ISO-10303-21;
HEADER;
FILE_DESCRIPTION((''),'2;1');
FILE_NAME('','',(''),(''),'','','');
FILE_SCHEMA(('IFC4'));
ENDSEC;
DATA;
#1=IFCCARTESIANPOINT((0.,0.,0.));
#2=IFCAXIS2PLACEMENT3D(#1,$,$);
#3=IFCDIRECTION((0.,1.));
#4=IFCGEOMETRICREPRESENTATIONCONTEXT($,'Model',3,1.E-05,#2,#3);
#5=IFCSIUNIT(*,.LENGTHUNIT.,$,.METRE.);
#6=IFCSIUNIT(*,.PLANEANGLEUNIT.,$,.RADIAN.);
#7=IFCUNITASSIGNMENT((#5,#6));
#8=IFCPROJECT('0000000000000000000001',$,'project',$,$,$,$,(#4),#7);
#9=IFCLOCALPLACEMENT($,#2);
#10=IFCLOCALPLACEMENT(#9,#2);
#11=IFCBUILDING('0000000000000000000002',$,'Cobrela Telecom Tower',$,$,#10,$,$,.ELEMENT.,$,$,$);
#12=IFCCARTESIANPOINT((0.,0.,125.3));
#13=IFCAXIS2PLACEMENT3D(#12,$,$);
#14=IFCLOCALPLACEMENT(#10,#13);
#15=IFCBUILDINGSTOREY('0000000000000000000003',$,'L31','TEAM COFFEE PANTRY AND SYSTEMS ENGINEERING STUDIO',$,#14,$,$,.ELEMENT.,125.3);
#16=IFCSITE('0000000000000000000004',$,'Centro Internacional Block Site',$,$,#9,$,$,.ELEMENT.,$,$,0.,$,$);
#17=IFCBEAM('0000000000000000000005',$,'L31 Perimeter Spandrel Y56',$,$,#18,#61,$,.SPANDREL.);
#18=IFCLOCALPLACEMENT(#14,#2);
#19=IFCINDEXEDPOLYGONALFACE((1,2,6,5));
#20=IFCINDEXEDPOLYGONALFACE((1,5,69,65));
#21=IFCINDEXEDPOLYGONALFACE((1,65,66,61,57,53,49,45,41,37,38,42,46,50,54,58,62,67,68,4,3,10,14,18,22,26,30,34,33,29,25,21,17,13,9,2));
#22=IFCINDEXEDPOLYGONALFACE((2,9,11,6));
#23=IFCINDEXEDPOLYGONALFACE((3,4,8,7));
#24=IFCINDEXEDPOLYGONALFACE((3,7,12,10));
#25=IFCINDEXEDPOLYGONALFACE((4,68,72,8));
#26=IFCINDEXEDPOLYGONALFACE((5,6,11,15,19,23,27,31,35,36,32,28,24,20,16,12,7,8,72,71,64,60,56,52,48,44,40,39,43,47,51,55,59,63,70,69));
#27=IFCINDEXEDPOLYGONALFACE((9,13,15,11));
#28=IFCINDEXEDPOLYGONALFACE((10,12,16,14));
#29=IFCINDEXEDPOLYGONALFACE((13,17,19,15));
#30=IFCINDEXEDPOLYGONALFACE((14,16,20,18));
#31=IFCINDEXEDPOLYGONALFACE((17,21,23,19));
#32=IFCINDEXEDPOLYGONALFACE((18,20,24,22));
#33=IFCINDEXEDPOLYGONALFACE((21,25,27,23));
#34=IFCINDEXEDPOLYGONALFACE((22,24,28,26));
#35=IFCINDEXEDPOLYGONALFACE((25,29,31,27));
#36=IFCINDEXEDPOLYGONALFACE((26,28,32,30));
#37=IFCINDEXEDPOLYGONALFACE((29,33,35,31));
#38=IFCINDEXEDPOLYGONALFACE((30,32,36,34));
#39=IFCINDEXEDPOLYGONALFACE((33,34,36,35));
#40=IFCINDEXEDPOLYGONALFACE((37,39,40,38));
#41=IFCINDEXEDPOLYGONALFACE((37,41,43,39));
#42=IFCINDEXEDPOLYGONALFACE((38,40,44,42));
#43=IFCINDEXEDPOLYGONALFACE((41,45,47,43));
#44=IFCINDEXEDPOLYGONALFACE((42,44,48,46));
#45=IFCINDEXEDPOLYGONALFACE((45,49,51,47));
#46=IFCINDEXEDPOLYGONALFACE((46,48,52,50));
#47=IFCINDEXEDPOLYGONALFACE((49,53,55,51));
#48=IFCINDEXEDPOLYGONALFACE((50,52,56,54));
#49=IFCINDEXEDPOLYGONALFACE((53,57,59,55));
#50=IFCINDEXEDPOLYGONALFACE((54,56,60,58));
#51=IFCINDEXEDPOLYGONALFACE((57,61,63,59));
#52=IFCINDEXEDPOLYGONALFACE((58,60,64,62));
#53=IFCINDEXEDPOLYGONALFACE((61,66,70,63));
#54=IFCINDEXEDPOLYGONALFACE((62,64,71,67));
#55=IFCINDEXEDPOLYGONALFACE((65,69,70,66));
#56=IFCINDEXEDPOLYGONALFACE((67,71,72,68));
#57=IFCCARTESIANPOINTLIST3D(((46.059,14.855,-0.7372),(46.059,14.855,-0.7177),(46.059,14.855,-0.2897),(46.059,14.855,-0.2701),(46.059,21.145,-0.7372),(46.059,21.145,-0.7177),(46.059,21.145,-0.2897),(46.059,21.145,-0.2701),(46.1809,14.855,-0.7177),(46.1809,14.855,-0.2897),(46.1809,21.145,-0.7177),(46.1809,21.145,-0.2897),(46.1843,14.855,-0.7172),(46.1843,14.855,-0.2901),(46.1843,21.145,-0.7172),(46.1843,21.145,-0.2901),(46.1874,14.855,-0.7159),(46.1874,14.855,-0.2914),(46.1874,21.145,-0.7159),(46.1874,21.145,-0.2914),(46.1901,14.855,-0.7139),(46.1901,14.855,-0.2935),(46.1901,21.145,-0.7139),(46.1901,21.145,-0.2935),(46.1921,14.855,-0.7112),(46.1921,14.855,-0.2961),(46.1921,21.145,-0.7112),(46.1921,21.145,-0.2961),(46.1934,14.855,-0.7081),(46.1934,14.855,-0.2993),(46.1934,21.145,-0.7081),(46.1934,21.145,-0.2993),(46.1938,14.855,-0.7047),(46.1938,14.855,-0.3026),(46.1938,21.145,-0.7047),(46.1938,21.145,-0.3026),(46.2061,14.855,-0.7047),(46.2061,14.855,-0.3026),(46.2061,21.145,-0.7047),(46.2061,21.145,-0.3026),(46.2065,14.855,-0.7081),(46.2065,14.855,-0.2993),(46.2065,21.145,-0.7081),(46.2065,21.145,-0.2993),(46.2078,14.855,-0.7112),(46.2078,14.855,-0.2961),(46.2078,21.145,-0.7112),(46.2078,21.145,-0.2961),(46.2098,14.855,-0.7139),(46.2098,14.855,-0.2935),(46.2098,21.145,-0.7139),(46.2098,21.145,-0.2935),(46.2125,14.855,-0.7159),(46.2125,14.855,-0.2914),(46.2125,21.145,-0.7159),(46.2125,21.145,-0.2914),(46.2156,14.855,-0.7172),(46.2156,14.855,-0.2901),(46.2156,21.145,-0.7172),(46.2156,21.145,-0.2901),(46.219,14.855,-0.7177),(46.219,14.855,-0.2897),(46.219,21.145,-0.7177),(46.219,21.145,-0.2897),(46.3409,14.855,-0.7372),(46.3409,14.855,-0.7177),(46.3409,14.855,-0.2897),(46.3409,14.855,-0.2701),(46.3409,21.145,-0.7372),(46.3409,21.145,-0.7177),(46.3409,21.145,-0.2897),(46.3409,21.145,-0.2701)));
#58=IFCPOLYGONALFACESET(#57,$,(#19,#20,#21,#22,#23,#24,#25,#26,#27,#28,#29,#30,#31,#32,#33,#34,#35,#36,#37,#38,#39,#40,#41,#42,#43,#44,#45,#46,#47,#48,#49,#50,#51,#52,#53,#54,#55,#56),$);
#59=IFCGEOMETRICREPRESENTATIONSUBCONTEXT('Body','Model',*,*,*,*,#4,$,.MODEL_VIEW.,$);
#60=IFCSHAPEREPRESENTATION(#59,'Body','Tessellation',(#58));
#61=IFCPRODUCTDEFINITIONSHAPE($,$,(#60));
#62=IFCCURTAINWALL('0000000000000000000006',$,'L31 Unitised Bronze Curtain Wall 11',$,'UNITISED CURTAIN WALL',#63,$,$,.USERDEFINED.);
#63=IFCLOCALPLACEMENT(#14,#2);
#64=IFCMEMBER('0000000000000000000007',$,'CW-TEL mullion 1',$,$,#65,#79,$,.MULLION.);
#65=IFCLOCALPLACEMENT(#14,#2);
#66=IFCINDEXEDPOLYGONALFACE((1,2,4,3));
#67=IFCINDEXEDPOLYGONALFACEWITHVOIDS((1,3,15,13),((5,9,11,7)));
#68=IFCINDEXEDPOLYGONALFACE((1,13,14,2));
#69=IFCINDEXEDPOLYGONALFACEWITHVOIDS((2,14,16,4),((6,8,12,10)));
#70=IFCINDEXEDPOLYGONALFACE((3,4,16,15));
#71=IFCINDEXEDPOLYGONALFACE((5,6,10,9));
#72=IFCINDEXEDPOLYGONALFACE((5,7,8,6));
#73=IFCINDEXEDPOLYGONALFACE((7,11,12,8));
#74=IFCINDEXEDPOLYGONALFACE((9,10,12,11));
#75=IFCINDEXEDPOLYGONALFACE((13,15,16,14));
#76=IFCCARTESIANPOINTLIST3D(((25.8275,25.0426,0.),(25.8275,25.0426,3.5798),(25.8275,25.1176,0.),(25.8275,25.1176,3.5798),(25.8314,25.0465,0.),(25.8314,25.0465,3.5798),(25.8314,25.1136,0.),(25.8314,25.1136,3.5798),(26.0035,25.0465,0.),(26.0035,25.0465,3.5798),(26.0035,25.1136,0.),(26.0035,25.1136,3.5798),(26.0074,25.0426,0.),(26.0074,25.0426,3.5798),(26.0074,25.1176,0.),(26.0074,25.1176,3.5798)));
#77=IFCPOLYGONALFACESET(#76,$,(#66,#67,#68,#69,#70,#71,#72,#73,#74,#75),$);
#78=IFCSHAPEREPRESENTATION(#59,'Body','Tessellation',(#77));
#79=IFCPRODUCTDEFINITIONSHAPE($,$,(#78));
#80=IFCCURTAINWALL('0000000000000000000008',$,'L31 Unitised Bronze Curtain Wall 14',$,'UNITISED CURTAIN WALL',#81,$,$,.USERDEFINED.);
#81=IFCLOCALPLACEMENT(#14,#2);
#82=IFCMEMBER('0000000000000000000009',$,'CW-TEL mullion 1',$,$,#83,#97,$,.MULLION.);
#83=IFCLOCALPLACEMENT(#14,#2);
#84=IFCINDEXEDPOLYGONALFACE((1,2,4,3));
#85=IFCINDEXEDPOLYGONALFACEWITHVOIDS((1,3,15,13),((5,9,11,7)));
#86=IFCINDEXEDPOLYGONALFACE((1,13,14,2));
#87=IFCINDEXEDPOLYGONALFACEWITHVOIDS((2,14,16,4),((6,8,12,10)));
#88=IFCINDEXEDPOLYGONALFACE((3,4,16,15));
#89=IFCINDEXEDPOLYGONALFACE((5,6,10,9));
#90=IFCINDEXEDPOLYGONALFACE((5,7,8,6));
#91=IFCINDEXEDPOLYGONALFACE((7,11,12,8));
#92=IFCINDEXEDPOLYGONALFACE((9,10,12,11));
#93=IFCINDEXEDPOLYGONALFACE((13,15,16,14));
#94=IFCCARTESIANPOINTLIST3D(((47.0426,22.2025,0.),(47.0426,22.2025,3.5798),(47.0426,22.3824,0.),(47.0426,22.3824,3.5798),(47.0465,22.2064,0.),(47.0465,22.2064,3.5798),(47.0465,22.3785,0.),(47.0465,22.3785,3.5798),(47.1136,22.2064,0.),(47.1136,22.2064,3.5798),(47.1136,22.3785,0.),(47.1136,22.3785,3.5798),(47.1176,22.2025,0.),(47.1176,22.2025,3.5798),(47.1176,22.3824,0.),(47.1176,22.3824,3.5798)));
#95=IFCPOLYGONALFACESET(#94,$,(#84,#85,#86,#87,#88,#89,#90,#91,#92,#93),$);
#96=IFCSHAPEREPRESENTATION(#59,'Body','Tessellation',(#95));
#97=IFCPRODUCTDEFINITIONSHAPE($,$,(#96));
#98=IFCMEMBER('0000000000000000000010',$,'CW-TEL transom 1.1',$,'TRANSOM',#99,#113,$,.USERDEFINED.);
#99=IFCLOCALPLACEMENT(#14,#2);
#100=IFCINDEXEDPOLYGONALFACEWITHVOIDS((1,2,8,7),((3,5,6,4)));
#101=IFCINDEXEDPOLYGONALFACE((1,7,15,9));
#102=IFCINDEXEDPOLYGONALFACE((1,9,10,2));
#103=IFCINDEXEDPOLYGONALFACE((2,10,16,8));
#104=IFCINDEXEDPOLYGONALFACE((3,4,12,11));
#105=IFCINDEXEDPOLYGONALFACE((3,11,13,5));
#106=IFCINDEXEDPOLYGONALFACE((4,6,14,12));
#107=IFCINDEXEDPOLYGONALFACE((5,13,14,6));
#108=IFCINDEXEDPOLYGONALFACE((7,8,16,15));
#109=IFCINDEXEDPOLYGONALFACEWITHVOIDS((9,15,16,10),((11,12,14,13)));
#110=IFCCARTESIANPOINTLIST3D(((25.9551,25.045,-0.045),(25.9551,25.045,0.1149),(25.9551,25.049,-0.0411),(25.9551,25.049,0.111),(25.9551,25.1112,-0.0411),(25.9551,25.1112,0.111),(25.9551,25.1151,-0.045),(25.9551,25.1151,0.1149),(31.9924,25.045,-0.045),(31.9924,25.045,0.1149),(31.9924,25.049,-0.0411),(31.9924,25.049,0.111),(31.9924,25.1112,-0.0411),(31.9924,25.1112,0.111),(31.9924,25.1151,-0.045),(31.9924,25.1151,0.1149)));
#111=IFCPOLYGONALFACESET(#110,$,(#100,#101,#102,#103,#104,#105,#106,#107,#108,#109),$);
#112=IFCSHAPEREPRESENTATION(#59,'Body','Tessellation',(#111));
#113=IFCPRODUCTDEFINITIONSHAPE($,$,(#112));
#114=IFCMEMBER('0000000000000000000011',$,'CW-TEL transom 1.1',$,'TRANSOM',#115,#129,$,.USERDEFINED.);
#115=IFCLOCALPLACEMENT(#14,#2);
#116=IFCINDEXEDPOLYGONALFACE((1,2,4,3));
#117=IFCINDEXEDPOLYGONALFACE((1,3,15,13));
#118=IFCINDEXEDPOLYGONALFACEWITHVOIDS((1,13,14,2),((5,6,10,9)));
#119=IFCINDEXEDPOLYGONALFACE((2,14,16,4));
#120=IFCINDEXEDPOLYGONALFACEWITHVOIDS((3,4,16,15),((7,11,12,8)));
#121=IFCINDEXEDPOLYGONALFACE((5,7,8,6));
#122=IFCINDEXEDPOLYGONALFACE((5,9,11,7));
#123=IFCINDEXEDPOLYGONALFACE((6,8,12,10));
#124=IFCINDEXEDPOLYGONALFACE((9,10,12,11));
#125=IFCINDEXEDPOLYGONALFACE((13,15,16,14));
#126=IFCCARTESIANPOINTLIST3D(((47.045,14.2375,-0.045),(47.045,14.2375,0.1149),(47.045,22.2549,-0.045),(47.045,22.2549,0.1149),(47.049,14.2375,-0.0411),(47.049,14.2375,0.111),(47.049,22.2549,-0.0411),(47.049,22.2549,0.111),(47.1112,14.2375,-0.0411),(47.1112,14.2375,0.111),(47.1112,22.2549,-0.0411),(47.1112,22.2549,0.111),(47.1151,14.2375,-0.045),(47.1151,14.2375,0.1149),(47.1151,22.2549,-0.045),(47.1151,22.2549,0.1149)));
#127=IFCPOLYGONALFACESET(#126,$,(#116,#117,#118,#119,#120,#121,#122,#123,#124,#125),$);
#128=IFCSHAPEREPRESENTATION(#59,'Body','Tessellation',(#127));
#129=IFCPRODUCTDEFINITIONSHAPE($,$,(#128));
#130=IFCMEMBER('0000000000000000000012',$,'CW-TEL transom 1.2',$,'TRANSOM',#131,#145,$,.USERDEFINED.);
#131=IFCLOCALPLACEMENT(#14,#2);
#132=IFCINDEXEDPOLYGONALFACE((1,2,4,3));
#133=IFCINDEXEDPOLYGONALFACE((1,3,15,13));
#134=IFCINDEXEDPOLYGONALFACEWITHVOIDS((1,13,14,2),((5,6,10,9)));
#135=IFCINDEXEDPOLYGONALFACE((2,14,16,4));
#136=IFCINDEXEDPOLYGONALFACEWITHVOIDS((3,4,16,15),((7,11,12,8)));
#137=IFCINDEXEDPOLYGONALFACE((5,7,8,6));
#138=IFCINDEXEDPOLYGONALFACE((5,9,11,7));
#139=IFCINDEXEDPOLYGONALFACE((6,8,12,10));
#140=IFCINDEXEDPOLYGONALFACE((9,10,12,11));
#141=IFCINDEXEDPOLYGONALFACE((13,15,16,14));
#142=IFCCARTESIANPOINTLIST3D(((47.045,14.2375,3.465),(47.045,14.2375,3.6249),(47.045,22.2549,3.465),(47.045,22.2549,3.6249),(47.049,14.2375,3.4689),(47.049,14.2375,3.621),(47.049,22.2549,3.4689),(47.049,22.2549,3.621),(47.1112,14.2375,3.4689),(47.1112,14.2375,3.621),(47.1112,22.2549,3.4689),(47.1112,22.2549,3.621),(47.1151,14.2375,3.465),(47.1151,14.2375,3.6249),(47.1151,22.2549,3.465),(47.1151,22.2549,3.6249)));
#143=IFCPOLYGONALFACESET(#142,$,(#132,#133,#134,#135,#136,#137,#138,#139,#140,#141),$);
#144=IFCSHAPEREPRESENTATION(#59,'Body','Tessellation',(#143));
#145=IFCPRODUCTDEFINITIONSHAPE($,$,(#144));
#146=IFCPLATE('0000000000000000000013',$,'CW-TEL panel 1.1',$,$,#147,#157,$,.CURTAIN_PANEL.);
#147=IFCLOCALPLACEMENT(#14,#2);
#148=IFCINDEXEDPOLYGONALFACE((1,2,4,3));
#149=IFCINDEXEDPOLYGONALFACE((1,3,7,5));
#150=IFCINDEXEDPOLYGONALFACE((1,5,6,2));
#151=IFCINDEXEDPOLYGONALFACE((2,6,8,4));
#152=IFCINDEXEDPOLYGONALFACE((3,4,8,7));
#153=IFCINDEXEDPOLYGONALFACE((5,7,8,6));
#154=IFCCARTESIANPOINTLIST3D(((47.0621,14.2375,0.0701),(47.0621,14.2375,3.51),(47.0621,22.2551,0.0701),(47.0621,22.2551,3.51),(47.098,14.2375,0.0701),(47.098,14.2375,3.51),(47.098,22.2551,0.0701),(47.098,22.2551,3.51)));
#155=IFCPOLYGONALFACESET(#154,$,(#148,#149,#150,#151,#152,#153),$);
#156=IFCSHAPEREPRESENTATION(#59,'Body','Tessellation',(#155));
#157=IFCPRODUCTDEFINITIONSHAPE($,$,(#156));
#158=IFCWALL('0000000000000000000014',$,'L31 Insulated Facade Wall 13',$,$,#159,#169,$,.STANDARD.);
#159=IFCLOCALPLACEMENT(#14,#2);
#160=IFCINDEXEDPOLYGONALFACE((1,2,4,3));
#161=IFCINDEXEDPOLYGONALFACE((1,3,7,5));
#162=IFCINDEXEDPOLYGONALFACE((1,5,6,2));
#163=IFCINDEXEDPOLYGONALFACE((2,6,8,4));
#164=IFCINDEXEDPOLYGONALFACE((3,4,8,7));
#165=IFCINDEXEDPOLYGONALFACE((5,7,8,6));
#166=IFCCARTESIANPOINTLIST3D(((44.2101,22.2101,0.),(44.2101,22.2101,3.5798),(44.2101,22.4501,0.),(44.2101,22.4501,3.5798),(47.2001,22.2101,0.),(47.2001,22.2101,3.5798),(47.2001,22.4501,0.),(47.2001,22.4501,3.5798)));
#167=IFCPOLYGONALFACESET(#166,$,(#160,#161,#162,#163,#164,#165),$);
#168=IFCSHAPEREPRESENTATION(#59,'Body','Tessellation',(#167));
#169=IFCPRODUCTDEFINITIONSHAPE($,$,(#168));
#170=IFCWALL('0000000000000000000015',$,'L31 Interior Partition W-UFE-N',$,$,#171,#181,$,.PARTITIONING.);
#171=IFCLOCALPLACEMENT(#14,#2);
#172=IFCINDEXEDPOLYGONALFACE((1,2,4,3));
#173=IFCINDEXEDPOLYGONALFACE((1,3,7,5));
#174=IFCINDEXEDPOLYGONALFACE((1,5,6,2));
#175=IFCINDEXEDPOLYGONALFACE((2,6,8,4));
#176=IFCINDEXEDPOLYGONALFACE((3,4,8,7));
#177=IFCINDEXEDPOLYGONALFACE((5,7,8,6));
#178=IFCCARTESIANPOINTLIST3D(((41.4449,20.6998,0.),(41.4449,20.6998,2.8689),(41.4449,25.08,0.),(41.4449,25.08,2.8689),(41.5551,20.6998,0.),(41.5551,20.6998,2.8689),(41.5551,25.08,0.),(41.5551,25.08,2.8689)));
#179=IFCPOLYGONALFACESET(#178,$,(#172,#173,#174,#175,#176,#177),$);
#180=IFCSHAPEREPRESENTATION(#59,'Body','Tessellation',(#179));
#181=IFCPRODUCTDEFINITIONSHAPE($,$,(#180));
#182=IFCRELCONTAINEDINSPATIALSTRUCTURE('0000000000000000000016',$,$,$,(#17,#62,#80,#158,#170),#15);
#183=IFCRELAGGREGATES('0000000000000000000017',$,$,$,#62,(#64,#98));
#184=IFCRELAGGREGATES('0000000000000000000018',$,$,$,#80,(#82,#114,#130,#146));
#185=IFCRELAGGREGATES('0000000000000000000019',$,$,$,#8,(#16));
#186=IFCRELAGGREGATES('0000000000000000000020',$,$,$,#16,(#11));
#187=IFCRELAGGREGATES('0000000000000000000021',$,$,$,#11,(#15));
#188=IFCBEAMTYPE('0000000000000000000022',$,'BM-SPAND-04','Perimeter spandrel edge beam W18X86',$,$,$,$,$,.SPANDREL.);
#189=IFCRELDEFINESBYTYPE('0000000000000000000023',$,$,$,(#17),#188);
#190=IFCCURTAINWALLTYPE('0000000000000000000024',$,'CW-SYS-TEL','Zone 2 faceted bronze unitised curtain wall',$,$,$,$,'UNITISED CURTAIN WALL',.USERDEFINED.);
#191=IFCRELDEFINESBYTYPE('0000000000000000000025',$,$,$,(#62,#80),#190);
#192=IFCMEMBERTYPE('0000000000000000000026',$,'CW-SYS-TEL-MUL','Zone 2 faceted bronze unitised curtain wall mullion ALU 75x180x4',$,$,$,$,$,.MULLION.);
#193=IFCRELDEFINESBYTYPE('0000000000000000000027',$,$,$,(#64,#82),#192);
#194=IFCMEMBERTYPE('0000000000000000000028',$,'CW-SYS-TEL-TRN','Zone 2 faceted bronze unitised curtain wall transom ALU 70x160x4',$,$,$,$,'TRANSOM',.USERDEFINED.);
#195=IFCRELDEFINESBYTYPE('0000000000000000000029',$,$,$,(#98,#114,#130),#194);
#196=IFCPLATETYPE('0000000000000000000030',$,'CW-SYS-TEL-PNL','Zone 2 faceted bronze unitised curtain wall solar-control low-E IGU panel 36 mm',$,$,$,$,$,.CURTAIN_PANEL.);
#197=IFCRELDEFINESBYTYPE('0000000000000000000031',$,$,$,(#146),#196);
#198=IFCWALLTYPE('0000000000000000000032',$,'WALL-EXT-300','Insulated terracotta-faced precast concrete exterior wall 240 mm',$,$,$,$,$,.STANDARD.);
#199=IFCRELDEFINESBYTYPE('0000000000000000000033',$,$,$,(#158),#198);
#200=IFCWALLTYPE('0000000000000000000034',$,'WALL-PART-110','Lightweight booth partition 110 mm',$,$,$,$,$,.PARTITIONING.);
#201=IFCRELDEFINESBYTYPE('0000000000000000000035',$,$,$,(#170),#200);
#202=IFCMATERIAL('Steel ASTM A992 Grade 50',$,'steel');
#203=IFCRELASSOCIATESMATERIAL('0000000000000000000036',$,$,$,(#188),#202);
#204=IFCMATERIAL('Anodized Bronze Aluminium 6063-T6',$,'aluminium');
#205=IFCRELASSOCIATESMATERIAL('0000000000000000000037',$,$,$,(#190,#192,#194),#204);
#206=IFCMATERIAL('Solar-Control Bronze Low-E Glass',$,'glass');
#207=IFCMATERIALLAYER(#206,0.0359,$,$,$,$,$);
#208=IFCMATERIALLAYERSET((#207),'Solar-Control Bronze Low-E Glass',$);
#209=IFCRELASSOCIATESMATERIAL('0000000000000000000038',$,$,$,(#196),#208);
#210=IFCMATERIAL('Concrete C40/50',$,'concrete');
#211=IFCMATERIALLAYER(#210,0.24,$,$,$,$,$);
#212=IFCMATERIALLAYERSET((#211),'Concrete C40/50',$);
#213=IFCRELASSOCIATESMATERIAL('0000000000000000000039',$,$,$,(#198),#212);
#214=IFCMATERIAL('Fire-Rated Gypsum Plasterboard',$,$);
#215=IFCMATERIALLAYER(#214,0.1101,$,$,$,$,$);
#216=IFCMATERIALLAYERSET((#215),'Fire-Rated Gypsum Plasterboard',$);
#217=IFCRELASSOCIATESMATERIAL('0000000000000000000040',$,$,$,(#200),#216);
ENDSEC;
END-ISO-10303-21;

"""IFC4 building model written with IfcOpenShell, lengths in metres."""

from ifc_helpers import new_model, si_unit, direction, frame, frame_2d, origin, origin_2d, place, context, subcontext, project, spatial, rectangle, hollow_rectangle, i_section, extrude, material, layer, layer_set, material_profile, profile_set, type_object, element, aggregate, save


model = new_model("IFC4")

# Units and contexts
model_context = context("Model", 3, precision=1e-05, world=origin(), true_north=direction((0.0, 1.0)))
body_context = subcontext(model_context, "Body", "Model", "MODEL_VIEW")
ifc_project = project(units=[si_unit("LENGTHUNIT", "METRE"), si_unit("PLANEANGLEUNIT", "RADIAN")], contexts=[model_context])

# Site, building, storey
site_placement = place(None, origin())
site = spatial("IfcSite", under=ifc_project, at=site_placement, Name="Centro Internacional Block Site", CompositionType="ELEMENT", RefElevation=0.0)
building_placement = place(site_placement, origin())
building = spatial("IfcBuilding", under=site, at=building_placement, Name="Cobrela Telecom Tower", CompositionType="ELEMENT")
storey_placement = place(building_placement, frame((0.0, 0.0, 125.3)))
storey = spatial("IfcBuildingStorey", under=building, at=storey_placement, Name="L31", Description="TEAM COFFEE PANTRY AND SYSTEMS ENGINEERING STUDIO", CompositionType="ELEMENT", Elevation=125.3)

# Shared definitions
ifc_material_1 = material(Name="Steel ASTM A992 Grade 50", Category="steel")

# Beam
ifc_material_profile_1 = material_profile(ifc_material_1, i_section(OverallWidth=0.282, OverallDepth=0.467, WebThickness=0.0122, FlangeThickness=0.0195, FilletRadius=0.0129, at=origin_2d()), Name="W18X86")
ifc_profile_set_1 = profile_set([ifc_material_profile_1], Name="Steel ASTM A992 Grade 50")
beam_type_1 = type_object("IfcBeamType", Name="BM-SPAND-04", Description="Perimeter spandrel edge beam W18X86", PredefinedType="SPANDREL", material=ifc_profile_set_1)
beam_1_placement = place(storey_placement, frame((46.2, 14.855, -0.5037), z_axis=(0.0, 1.0, 0.0), x_axis=(-1.0, 0.0, 0.0)))
element("IfcBeam", 1, at=beam_1_placement, inside=storey, type_object=beam_type_1, Name="L31 Perimeter Spandrel Y56", PredefinedType="SPANDREL", context=body_context, shape_type="SweptSolid", body=[
    extrude(i_section(OverallWidth=0.282, OverallDepth=0.467, WebThickness=0.0122, FlangeThickness=0.0195, FilletRadius=0.0129, at=origin_2d()), origin(), (0.0, 0.0, 1.0), 6.29),
])

# Curtain walls, members
ifc_material_2 = material(Name="Anodized Bronze Aluminium 6063-T6", Category="aluminium")
curtain_wall_type = type_object("IfcCurtainWallType", Name="CW-SYS-TEL", Description="Zone 2 faceted bronze unitised curtain wall", ElementType="UNITISED CURTAIN WALL", PredefinedType="USERDEFINED", material=ifc_material_2)
curtain_wall_1_placement = place(storey_placement, origin())
curtain_wall_1 = element("IfcCurtainWall", 2, at=curtain_wall_1_placement, inside=storey, type_object=curtain_wall_type, Name="L31 Unitised Bronze Curtain Wall 11", ObjectType="UNITISED CURTAIN WALL", PredefinedType="USERDEFINED")
ifc_material_profile_2 = material_profile(ifc_material_2, hollow_rectangle(XDim=0.075, YDim=0.1799, WallThickness=0.0039, at=origin_2d()), Name="ALU 75x180x4")
ifc_profile_set_2 = profile_set([ifc_material_profile_2], Name="Anodized Bronze Aluminium 6063-T6")
member_type_1 = type_object("IfcMemberType", Name="CW-SYS-TEL-MUL", Description="Zone 2 faceted bronze unitised curtain wall mullion ALU 75x180x4", PredefinedType="MULLION", material=ifc_profile_set_2)
member_1_placement = place(storey_placement, frame((25.9175, 25.0801, 0.0), z_axis=(0.0, 0.0, 1.0), x_axis=(0.0, 1.0, 0.0)))
member_1 = element("IfcMember", 3, at=member_1_placement, type_object=member_type_1, Name="CW-TEL mullion 1", PredefinedType="MULLION", context=body_context, shape_type="SweptSolid", body=[
    extrude(hollow_rectangle(XDim=0.075, YDim=0.1799, WallThickness=0.0039, at=origin_2d()), origin(), (0.0, 0.0, 1.0), 3.5798),
])
curtain_wall_2_placement = place(storey_placement, origin())
curtain_wall_2 = element("IfcCurtainWall", 4, at=curtain_wall_2_placement, inside=storey, type_object=curtain_wall_type, Name="L31 Unitised Bronze Curtain Wall 14", ObjectType="UNITISED CURTAIN WALL", PredefinedType="USERDEFINED")
member_2_placement = place(storey_placement, frame((47.0801, 22.2925, 0.0), z_axis=(0.0, 0.0, 1.0), x_axis=(1.0, 0.0, 0.0)))
member_2 = element("IfcMember", 5, at=member_2_placement, type_object=member_type_1, Name="CW-TEL mullion 1", PredefinedType="MULLION", context=body_context, shape_type="SweptSolid", body=[
    extrude(hollow_rectangle(XDim=0.075, YDim=0.1799, WallThickness=0.0039, at=origin_2d()), origin(), (0.0, 0.0, 1.0), 3.5798),
])

# Members
ifc_material_profile_3 = material_profile(ifc_material_2, hollow_rectangle(XDim=0.0701, YDim=0.1599, WallThickness=0.0039, at=origin_2d()), Name="ALU 70x160x4")
ifc_profile_set_3 = profile_set([ifc_material_profile_3], Name="Anodized Bronze Aluminium 6063-T6")
member_type_2 = type_object("IfcMemberType", Name="CW-SYS-TEL-TRN", Description="Zone 2 faceted bronze unitised curtain wall transom ALU 70x160x4", ElementType="TRANSOM", PredefinedType="USERDEFINED", material=ifc_profile_set_3)
member_3_placement = place(storey_placement, frame((25.9551, 25.0801, 0.0349), z_axis=(1.0, 0.0, 0.0), x_axis=(0.0, 1.0, 0.0)))
member_3 = element("IfcMember", 6, at=member_3_placement, type_object=member_type_2, Name="CW-TEL transom 1.1", ObjectType="TRANSOM", PredefinedType="USERDEFINED", context=body_context, shape_type="SweptSolid", body=[
    extrude(hollow_rectangle(XDim=0.0701, YDim=0.1599, WallThickness=0.0039, at=origin_2d()), origin(), (0.0, 0.0, 1.0), 6.0374),
])
aggregate(curtain_wall_1, [member_1, member_3])
member_4_placement = place(storey_placement, frame((47.0801, 22.2549, 0.0349), z_axis=(0.0, -1.0, 0.0), x_axis=(1.0, 0.0, 0.0)))
member_4 = element("IfcMember", 7, at=member_4_placement, type_object=member_type_2, Name="CW-TEL transom 1.1", ObjectType="TRANSOM", PredefinedType="USERDEFINED", context=body_context, shape_type="SweptSolid", body=[
    extrude(hollow_rectangle(XDim=0.0701, YDim=0.1599, WallThickness=0.0039, at=origin_2d()), origin(), (0.0, 0.0, 1.0), 8.0173),
])
member_5_placement = place(storey_placement, frame((47.0801, 22.2549, 3.5449), z_axis=(0.0, -1.0, 0.0), x_axis=(1.0, 0.0, 0.0)))
member_5 = element("IfcMember", 8, at=member_5_placement, type_object=member_type_2, Name="CW-TEL transom 1.2", ObjectType="TRANSOM", PredefinedType="USERDEFINED", context=body_context, shape_type="SweptSolid", body=[
    extrude(hollow_rectangle(XDim=0.0701, YDim=0.1599, WallThickness=0.0039, at=origin_2d()), origin(), (0.0, 0.0, 1.0), 8.0173),
])

# Plate
ifc_material_3 = material(Name="Solar-Control Bronze Low-E Glass", Category="glass")
ifc_layer_1 = layer(ifc_material_3, 0.0359)
ifc_layer_set_1 = layer_set([ifc_layer_1], Name="Solar-Control Bronze Low-E Glass")
plate_type = type_object("IfcPlateType", Name="CW-SYS-TEL-PNL", Description="Zone 2 faceted bronze unitised curtain wall solar-control low-E IGU panel 36 mm", PredefinedType="CURTAIN_PANEL", material=ifc_layer_set_1)
plate_placement = place(storey_placement, frame((47.0801, 18.2463, 0.0701), z_axis=(0.0, 0.0, 1.0), x_axis=(0.0, -1.0, 0.0)))
plate = element("IfcPlate", 9, at=plate_placement, type_object=plate_type, Name="CW-TEL panel 1.1", PredefinedType="CURTAIN_PANEL", context=body_context, shape_type="SweptSolid", body=[
    extrude(rectangle(XDim=8.0176, YDim=0.0359, at=origin_2d()), origin(), (0.0, 0.0, 1.0), 3.4399),
])
aggregate(curtain_wall_2, [member_2, member_4, member_5, plate])

# Walls
ifc_material_4 = material(Name="Concrete C40/50", Category="concrete")
ifc_layer_2 = layer(ifc_material_4, 0.24)
ifc_layer_set_2 = layer_set([ifc_layer_2], Name="Concrete C40/50")
wall_type_1 = type_object("IfcWallType", Name="WALL-EXT-300", Description="Insulated terracotta-faced precast concrete exterior wall 240 mm", PredefinedType="STANDARD", material=ifc_layer_set_2)
wall_1_placement = place(storey_placement, frame((44.21, 22.3301, 0.0), z_axis=(0.0, 0.0, 1.0), x_axis=(1.0, 0.0, 0.0)))
element("IfcWall", 10, at=wall_1_placement, inside=storey, type_object=wall_type_1, Name="L31 Insulated Facade Wall 13", PredefinedType="STANDARD", context=body_context, shape_type="SweptSolid", body=[
    extrude(rectangle(XDim=2.99, YDim=0.24, at=frame_2d((1.4951, 0.0))), origin(), (0.0, 0.0, 1.0), 3.5798),
])
ifc_material_5 = material(Name="Fire-Rated Gypsum Plasterboard")
ifc_layer_3 = layer(ifc_material_5, 0.1101)
ifc_layer_set_3 = layer_set([ifc_layer_3], Name="Fire-Rated Gypsum Plasterboard")
wall_type_2 = type_object("IfcWallType", Name="WALL-PART-110", Description="Lightweight booth partition 110 mm", PredefinedType="PARTITIONING", material=ifc_layer_set_3)
wall_2_placement = place(storey_placement, frame((41.5, 20.7, 0.0), z_axis=(0.0, 0.0, 1.0), x_axis=(0.0, 1.0, 0.0)))
element("IfcWall", 11, at=wall_2_placement, inside=storey, type_object=wall_type_2, Name="L31 Interior Partition W-UFE-N", PredefinedType="PARTITIONING", context=body_context, shape_type="SweptSolid", body=[
    extrude(rectangle(XDim=4.3801, YDim=0.1101, at=frame_2d((2.1899, 0.0))), origin(), (0.0, 0.0, 1.0), 2.8689),
])

save(model, "model.ifc")
